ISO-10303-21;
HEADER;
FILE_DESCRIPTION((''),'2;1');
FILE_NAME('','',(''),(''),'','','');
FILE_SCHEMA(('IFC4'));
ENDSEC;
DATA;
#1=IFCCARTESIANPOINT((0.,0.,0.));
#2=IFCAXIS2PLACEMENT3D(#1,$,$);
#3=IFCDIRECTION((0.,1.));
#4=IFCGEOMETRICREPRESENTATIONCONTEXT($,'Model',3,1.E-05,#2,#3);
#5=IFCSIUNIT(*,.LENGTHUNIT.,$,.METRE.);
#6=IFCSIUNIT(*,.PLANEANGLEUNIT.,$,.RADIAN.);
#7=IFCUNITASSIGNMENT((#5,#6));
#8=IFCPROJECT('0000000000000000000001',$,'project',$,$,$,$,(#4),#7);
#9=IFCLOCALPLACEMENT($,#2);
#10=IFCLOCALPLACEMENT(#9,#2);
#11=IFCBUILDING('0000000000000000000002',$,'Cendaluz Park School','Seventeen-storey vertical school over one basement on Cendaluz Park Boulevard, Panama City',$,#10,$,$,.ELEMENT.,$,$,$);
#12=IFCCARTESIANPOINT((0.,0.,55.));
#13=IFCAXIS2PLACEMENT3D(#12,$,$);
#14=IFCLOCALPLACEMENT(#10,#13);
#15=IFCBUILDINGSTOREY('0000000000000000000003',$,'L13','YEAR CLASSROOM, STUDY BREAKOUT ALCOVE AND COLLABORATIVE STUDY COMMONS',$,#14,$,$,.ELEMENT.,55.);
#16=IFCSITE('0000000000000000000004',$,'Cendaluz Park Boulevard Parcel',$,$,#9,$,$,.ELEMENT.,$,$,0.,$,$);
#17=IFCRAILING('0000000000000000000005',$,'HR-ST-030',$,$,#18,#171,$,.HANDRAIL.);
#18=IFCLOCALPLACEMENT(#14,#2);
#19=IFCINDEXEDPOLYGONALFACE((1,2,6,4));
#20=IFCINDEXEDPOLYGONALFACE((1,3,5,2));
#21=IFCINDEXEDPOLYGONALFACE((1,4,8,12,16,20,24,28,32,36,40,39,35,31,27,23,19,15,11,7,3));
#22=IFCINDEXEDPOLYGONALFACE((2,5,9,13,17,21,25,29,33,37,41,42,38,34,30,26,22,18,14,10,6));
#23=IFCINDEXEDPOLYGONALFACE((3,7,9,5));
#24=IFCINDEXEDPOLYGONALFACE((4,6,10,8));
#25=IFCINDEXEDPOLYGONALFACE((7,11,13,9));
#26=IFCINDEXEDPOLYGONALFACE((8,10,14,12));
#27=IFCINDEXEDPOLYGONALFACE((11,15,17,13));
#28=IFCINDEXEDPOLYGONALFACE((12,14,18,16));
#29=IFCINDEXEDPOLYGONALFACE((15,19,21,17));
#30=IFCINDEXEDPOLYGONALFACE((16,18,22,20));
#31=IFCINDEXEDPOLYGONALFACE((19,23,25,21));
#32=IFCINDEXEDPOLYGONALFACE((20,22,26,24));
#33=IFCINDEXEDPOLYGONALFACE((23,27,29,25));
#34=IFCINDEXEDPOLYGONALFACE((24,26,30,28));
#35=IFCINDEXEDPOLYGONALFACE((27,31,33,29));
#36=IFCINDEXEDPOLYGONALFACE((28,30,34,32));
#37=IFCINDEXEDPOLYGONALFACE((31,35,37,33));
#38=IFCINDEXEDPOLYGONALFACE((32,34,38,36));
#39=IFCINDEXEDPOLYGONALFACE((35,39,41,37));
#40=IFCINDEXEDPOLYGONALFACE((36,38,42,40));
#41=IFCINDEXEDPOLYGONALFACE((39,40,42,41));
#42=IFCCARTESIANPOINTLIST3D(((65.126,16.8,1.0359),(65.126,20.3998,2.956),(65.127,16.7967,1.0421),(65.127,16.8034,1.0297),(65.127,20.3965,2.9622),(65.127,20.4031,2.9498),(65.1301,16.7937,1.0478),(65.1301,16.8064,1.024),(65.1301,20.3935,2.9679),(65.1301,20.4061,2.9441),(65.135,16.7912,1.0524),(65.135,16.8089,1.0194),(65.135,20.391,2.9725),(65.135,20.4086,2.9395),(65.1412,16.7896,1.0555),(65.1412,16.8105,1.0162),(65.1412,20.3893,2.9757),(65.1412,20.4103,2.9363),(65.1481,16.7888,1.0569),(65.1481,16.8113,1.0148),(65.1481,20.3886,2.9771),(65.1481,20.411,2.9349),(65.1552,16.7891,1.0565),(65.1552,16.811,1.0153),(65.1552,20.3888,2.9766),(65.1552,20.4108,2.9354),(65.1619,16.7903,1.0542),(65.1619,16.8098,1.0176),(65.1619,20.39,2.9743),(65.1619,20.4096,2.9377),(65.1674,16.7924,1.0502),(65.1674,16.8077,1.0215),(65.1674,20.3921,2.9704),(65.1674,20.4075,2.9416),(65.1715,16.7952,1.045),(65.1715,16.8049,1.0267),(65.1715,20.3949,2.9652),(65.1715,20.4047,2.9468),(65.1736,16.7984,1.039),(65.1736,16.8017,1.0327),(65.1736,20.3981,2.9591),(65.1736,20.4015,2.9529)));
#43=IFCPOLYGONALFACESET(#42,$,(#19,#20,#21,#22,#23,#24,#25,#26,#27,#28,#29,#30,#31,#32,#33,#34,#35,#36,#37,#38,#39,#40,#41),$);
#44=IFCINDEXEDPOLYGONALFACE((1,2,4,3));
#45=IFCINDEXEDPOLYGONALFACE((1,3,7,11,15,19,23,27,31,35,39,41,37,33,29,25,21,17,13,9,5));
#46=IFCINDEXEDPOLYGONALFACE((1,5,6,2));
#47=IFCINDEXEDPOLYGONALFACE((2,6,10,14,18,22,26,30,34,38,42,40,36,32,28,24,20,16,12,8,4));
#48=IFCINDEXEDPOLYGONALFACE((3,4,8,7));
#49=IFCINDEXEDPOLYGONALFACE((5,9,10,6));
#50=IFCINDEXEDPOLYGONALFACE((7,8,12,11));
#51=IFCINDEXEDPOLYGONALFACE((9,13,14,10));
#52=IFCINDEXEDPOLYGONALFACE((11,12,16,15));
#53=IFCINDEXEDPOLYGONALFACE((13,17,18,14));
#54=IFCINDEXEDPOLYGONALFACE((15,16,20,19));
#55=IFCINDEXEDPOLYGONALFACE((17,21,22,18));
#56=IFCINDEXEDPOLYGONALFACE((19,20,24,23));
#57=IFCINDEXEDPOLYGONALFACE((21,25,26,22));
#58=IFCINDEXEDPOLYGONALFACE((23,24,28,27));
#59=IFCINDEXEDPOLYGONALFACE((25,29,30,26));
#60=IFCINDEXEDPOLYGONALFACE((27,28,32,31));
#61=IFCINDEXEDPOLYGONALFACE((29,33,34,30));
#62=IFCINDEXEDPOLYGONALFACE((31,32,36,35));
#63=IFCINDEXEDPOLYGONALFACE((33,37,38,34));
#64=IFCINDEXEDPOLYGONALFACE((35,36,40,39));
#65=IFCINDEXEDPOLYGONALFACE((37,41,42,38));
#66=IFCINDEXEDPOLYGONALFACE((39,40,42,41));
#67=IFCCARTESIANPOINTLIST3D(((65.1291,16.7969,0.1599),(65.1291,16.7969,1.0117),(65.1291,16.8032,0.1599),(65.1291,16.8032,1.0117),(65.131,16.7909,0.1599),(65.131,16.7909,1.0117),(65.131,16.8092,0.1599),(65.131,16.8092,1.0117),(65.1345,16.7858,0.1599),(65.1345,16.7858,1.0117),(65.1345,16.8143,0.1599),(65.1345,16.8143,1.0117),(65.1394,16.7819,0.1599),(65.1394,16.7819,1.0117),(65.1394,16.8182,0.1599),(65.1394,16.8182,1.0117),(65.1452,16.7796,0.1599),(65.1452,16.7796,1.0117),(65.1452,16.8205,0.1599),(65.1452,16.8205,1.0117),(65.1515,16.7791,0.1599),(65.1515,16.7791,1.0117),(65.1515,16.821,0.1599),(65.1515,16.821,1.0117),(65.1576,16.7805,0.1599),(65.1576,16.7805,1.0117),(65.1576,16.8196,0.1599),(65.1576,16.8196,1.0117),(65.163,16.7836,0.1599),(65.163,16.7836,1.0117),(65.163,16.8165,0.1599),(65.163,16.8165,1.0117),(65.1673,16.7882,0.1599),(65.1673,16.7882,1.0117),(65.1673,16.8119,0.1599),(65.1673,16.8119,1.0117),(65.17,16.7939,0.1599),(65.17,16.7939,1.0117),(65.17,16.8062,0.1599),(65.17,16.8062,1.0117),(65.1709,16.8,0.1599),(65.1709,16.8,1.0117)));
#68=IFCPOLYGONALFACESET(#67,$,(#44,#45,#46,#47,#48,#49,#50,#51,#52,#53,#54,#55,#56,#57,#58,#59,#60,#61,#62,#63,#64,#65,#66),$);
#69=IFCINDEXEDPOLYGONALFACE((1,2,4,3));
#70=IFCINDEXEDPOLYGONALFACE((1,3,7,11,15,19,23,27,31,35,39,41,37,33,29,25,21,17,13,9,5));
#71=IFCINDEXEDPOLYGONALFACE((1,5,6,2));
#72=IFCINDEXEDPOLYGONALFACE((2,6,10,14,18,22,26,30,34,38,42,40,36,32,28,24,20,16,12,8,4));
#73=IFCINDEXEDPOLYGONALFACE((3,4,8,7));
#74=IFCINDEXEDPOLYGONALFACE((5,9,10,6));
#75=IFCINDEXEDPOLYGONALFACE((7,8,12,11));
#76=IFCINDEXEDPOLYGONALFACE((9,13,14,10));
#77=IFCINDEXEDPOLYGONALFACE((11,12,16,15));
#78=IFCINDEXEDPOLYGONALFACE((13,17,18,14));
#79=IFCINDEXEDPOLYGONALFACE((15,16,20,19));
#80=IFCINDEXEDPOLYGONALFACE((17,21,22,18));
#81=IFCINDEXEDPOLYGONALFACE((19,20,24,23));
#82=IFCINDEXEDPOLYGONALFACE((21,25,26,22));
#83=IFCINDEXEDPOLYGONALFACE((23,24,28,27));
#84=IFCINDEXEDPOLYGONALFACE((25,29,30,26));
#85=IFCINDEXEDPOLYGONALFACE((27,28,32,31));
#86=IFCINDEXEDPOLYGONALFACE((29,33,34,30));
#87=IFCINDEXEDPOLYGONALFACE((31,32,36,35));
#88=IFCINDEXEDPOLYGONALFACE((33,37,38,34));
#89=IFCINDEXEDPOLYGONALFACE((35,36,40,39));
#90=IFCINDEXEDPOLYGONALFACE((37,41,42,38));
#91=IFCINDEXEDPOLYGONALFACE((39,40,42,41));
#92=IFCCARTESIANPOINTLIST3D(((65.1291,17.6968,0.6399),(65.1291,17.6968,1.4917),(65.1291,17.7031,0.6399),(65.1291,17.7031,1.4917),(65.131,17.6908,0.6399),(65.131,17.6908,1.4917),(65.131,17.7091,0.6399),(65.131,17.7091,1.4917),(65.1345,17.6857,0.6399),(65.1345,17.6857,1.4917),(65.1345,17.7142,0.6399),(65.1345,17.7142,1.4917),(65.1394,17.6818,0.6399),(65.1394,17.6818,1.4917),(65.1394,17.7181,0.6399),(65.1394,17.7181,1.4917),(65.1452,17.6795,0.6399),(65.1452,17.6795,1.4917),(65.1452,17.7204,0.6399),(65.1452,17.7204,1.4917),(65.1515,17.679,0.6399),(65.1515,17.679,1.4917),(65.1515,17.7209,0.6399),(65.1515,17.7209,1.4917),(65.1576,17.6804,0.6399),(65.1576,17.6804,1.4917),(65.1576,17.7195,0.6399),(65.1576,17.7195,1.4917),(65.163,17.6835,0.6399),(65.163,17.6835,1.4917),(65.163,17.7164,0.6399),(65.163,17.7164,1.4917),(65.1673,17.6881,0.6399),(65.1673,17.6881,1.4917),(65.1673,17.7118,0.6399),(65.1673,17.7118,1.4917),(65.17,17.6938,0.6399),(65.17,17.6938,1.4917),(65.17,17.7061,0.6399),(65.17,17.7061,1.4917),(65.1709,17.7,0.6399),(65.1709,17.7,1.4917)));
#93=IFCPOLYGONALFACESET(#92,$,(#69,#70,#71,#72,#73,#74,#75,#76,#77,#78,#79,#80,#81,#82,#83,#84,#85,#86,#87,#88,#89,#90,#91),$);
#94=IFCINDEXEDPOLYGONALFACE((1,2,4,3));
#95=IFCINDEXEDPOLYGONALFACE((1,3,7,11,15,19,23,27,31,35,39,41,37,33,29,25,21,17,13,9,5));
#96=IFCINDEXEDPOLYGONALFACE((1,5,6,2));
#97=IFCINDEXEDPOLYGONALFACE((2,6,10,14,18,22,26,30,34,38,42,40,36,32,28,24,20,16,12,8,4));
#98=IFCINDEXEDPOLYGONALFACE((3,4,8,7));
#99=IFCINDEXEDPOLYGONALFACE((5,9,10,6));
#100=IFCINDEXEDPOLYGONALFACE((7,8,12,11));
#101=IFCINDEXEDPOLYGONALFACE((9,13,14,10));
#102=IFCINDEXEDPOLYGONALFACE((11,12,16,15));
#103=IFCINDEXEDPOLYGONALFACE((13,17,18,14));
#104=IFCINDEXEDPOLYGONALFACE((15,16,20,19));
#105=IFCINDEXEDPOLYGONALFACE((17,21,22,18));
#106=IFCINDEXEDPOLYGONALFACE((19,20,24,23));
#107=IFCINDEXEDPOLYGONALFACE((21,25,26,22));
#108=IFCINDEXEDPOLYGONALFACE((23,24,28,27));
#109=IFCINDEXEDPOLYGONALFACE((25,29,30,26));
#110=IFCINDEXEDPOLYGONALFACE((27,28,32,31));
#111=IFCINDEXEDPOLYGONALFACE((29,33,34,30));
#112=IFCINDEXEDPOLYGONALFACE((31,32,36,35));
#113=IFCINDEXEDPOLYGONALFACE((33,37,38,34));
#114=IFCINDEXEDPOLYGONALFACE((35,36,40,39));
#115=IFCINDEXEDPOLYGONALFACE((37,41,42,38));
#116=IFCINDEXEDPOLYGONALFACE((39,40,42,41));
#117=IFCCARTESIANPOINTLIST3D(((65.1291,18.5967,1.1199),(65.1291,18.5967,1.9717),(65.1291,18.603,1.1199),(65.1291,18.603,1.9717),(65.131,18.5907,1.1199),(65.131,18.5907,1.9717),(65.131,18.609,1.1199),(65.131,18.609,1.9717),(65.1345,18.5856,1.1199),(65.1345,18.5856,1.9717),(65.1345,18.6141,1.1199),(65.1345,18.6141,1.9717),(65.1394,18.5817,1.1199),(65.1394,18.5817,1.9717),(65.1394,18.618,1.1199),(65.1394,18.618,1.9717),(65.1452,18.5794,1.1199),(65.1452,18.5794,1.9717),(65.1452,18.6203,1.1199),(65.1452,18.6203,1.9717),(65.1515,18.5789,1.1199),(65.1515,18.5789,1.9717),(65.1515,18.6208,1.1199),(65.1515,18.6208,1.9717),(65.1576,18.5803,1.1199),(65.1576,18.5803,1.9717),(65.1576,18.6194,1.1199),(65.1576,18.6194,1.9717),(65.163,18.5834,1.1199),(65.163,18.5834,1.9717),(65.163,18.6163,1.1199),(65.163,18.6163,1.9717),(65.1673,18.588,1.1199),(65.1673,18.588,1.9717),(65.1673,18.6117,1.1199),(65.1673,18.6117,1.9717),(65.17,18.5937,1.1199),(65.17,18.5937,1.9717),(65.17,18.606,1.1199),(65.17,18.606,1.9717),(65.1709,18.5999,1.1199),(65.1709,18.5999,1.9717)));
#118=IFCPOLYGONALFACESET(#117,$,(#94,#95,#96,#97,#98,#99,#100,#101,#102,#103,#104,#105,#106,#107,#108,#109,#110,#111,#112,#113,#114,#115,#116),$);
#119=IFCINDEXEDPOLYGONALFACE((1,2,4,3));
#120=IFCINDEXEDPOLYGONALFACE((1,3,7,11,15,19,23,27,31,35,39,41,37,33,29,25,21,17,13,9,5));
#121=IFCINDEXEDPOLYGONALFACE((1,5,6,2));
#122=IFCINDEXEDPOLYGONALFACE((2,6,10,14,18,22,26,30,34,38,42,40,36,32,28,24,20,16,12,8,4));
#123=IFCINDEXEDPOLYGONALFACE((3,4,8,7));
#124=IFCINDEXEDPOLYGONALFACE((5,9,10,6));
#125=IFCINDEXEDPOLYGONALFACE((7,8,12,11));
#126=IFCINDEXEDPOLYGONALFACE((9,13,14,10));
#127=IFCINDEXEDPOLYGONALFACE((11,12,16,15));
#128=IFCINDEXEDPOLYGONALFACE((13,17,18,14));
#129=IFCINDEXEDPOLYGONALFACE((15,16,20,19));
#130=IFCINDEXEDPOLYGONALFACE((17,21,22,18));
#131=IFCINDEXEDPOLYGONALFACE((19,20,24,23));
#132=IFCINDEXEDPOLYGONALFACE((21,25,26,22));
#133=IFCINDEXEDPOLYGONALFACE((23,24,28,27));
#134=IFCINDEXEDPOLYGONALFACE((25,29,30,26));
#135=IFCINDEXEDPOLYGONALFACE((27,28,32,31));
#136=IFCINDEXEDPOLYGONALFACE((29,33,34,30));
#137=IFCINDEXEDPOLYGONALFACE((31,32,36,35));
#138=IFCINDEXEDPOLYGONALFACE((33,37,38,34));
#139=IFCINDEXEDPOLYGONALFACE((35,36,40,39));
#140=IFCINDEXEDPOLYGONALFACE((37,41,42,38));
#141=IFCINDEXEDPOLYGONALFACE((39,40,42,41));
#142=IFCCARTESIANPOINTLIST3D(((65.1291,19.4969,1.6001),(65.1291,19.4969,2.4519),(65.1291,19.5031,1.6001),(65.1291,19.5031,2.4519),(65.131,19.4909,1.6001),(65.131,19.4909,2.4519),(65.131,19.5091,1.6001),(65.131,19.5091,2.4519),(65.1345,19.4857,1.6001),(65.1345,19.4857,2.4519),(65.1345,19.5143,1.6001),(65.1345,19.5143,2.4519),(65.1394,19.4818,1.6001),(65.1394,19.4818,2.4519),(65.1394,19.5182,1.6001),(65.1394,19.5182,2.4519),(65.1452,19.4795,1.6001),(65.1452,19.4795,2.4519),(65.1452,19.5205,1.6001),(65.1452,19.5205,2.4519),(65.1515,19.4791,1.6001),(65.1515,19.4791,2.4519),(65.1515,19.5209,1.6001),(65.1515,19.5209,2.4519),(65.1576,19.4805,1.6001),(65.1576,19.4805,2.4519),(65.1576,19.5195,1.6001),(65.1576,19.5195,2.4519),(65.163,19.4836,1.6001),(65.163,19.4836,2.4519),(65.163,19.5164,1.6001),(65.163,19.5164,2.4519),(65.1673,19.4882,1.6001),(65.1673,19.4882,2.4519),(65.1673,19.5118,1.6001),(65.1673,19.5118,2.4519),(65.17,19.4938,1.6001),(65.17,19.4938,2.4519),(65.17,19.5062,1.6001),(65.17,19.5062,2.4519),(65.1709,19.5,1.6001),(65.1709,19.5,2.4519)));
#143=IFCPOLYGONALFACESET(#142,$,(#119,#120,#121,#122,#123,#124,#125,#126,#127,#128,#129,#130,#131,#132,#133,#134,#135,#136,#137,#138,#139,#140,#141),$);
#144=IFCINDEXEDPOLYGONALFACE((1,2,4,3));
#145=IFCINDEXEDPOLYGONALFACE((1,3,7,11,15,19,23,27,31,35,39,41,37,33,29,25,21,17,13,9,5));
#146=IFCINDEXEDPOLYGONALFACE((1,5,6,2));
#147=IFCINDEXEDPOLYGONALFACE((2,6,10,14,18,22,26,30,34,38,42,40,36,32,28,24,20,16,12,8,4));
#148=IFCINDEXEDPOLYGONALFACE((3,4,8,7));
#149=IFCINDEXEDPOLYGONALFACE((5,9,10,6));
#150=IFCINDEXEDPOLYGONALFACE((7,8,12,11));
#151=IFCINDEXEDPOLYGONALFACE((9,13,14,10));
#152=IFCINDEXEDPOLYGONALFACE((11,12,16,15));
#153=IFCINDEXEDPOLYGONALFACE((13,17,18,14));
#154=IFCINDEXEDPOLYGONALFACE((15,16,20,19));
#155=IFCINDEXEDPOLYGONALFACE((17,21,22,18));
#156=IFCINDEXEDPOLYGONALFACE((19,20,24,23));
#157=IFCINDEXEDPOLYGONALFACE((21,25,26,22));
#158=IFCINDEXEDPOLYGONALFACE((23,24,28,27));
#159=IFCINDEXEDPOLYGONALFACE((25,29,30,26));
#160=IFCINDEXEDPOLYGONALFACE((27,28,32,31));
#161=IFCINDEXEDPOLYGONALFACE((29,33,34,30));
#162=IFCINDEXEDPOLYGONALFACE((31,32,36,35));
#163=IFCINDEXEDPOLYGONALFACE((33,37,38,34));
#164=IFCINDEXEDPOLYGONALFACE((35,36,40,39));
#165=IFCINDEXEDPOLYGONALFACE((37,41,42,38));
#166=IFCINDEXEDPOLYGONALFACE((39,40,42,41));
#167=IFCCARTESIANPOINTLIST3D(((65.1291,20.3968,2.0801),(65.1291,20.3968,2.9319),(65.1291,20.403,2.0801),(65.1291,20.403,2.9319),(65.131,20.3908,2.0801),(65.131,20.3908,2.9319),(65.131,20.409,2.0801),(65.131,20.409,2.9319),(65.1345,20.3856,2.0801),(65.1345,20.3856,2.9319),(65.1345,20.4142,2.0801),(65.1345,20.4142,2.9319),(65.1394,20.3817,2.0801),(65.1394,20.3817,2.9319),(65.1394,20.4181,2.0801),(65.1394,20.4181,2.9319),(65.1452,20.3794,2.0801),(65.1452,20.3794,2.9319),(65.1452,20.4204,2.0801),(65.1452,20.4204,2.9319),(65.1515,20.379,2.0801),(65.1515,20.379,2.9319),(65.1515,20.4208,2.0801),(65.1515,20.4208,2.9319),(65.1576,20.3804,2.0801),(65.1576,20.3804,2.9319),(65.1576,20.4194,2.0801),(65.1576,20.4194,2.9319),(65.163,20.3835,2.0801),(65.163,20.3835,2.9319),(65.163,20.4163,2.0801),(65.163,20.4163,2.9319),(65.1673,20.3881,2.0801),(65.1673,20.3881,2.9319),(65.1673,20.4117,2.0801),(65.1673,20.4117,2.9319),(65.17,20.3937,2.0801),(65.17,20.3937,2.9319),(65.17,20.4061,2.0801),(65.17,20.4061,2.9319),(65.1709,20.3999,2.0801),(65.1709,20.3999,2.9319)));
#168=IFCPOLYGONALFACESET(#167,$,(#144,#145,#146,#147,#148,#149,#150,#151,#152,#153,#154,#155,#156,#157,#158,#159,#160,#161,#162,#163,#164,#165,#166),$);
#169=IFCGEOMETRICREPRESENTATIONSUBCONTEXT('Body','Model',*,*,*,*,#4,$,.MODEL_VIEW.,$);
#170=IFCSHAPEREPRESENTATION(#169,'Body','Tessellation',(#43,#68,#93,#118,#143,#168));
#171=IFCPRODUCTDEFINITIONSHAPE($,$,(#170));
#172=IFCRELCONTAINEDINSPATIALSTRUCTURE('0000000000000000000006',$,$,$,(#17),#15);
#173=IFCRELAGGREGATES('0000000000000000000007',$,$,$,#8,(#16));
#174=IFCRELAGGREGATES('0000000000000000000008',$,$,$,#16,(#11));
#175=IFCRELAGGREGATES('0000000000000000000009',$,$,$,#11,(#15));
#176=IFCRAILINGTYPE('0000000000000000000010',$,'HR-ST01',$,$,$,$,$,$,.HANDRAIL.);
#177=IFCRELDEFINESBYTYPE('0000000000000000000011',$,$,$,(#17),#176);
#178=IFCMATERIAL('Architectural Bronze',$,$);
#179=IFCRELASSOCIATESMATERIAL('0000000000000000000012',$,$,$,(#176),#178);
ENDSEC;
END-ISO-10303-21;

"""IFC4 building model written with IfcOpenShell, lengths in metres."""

from ifc_helpers import new_model, si_unit, direction, frame, origin, origin_2d, place, context, subcontext, project, spatial, circle, extrude, material, type_object, element, save


model = new_model("IFC4")

# Units and contexts
model_context = context("Model", 3, precision=1e-05, world=origin(), true_north=direction((0.0, 1.0)))
body_context = subcontext(model_context, "Body", "Model", "MODEL_VIEW")
ifc_project = project(units=[si_unit("LENGTHUNIT", "METRE"), si_unit("PLANEANGLEUNIT", "RADIAN")], contexts=[model_context])

# Site, building, storey
site_placement = place(None, origin())
site = spatial("IfcSite", under=ifc_project, at=site_placement, Name="Cendaluz Park Boulevard Parcel", CompositionType="ELEMENT", RefElevation=0.0)
building_placement = place(site_placement, origin())
building = spatial("IfcBuilding", under=site, at=building_placement, Name="Cendaluz Park School", Description="Seventeen-storey vertical school over one basement on Cendaluz Park Boulevard, Panama City", CompositionType="ELEMENT")
storey_placement = place(building_placement, frame((0.0, 0.0, 55.0)))
storey = spatial("IfcBuildingStorey", under=building, at=storey_placement, Name="L13", Description="YEAR CLASSROOM, STUDY BREAKOUT ALCOVE AND COLLABORATIVE STUDY COMMONS", CompositionType="ELEMENT", Elevation=55.0)

# Railing
ifc_material_1 = material(Name="Architectural Bronze")
railing_type_1 = type_object("IfcRailingType", Name="HR-ST01", PredefinedType="HANDRAIL", material=ifc_material_1)
railing_1_placement = place(storey_placement, frame((65.1499, 16.8, 0.1599)))
element("IfcRailing", 1, at=railing_1_placement, inside=storey, type_object=railing_type_1, Name="HR-ST-030", PredefinedType="HANDRAIL", context=body_context, shape_type="SweptSolid", body=[
    extrude(circle(Radius=0.0239, at=origin_2d()), frame((0.0, 0.0, 0.876), z_axis=(0.0, 0.882328, 0.470635), x_axis=(-1.0, 0.0, 0.0)), (0.0, 0.0, 1.0), 4.0798),
    extrude(circle(Radius=0.021, at=origin_2d()), origin(), (0.0, 0.0, 1.0), 0.8518),
    extrude(circle(Radius=0.021, at=origin_2d()), frame((0.0, 0.8999, 0.48)), (0.0, 0.0, 1.0), 0.8518),
    extrude(circle(Radius=0.021, at=origin_2d()), frame((0.0, 1.7998, 0.96)), (0.0, 0.0, 1.0), 0.8518),
    extrude(circle(Radius=0.021, at=origin_2d()), frame((0.0, 2.7, 1.4402)), (0.0, 0.0, 1.0), 0.8518),
    extrude(circle(Radius=0.021, at=origin_2d()), frame((0.0, 3.5999, 1.9202)), (0.0, 0.0, 1.0), 0.8518),
])

save(model, "model.ifc")
